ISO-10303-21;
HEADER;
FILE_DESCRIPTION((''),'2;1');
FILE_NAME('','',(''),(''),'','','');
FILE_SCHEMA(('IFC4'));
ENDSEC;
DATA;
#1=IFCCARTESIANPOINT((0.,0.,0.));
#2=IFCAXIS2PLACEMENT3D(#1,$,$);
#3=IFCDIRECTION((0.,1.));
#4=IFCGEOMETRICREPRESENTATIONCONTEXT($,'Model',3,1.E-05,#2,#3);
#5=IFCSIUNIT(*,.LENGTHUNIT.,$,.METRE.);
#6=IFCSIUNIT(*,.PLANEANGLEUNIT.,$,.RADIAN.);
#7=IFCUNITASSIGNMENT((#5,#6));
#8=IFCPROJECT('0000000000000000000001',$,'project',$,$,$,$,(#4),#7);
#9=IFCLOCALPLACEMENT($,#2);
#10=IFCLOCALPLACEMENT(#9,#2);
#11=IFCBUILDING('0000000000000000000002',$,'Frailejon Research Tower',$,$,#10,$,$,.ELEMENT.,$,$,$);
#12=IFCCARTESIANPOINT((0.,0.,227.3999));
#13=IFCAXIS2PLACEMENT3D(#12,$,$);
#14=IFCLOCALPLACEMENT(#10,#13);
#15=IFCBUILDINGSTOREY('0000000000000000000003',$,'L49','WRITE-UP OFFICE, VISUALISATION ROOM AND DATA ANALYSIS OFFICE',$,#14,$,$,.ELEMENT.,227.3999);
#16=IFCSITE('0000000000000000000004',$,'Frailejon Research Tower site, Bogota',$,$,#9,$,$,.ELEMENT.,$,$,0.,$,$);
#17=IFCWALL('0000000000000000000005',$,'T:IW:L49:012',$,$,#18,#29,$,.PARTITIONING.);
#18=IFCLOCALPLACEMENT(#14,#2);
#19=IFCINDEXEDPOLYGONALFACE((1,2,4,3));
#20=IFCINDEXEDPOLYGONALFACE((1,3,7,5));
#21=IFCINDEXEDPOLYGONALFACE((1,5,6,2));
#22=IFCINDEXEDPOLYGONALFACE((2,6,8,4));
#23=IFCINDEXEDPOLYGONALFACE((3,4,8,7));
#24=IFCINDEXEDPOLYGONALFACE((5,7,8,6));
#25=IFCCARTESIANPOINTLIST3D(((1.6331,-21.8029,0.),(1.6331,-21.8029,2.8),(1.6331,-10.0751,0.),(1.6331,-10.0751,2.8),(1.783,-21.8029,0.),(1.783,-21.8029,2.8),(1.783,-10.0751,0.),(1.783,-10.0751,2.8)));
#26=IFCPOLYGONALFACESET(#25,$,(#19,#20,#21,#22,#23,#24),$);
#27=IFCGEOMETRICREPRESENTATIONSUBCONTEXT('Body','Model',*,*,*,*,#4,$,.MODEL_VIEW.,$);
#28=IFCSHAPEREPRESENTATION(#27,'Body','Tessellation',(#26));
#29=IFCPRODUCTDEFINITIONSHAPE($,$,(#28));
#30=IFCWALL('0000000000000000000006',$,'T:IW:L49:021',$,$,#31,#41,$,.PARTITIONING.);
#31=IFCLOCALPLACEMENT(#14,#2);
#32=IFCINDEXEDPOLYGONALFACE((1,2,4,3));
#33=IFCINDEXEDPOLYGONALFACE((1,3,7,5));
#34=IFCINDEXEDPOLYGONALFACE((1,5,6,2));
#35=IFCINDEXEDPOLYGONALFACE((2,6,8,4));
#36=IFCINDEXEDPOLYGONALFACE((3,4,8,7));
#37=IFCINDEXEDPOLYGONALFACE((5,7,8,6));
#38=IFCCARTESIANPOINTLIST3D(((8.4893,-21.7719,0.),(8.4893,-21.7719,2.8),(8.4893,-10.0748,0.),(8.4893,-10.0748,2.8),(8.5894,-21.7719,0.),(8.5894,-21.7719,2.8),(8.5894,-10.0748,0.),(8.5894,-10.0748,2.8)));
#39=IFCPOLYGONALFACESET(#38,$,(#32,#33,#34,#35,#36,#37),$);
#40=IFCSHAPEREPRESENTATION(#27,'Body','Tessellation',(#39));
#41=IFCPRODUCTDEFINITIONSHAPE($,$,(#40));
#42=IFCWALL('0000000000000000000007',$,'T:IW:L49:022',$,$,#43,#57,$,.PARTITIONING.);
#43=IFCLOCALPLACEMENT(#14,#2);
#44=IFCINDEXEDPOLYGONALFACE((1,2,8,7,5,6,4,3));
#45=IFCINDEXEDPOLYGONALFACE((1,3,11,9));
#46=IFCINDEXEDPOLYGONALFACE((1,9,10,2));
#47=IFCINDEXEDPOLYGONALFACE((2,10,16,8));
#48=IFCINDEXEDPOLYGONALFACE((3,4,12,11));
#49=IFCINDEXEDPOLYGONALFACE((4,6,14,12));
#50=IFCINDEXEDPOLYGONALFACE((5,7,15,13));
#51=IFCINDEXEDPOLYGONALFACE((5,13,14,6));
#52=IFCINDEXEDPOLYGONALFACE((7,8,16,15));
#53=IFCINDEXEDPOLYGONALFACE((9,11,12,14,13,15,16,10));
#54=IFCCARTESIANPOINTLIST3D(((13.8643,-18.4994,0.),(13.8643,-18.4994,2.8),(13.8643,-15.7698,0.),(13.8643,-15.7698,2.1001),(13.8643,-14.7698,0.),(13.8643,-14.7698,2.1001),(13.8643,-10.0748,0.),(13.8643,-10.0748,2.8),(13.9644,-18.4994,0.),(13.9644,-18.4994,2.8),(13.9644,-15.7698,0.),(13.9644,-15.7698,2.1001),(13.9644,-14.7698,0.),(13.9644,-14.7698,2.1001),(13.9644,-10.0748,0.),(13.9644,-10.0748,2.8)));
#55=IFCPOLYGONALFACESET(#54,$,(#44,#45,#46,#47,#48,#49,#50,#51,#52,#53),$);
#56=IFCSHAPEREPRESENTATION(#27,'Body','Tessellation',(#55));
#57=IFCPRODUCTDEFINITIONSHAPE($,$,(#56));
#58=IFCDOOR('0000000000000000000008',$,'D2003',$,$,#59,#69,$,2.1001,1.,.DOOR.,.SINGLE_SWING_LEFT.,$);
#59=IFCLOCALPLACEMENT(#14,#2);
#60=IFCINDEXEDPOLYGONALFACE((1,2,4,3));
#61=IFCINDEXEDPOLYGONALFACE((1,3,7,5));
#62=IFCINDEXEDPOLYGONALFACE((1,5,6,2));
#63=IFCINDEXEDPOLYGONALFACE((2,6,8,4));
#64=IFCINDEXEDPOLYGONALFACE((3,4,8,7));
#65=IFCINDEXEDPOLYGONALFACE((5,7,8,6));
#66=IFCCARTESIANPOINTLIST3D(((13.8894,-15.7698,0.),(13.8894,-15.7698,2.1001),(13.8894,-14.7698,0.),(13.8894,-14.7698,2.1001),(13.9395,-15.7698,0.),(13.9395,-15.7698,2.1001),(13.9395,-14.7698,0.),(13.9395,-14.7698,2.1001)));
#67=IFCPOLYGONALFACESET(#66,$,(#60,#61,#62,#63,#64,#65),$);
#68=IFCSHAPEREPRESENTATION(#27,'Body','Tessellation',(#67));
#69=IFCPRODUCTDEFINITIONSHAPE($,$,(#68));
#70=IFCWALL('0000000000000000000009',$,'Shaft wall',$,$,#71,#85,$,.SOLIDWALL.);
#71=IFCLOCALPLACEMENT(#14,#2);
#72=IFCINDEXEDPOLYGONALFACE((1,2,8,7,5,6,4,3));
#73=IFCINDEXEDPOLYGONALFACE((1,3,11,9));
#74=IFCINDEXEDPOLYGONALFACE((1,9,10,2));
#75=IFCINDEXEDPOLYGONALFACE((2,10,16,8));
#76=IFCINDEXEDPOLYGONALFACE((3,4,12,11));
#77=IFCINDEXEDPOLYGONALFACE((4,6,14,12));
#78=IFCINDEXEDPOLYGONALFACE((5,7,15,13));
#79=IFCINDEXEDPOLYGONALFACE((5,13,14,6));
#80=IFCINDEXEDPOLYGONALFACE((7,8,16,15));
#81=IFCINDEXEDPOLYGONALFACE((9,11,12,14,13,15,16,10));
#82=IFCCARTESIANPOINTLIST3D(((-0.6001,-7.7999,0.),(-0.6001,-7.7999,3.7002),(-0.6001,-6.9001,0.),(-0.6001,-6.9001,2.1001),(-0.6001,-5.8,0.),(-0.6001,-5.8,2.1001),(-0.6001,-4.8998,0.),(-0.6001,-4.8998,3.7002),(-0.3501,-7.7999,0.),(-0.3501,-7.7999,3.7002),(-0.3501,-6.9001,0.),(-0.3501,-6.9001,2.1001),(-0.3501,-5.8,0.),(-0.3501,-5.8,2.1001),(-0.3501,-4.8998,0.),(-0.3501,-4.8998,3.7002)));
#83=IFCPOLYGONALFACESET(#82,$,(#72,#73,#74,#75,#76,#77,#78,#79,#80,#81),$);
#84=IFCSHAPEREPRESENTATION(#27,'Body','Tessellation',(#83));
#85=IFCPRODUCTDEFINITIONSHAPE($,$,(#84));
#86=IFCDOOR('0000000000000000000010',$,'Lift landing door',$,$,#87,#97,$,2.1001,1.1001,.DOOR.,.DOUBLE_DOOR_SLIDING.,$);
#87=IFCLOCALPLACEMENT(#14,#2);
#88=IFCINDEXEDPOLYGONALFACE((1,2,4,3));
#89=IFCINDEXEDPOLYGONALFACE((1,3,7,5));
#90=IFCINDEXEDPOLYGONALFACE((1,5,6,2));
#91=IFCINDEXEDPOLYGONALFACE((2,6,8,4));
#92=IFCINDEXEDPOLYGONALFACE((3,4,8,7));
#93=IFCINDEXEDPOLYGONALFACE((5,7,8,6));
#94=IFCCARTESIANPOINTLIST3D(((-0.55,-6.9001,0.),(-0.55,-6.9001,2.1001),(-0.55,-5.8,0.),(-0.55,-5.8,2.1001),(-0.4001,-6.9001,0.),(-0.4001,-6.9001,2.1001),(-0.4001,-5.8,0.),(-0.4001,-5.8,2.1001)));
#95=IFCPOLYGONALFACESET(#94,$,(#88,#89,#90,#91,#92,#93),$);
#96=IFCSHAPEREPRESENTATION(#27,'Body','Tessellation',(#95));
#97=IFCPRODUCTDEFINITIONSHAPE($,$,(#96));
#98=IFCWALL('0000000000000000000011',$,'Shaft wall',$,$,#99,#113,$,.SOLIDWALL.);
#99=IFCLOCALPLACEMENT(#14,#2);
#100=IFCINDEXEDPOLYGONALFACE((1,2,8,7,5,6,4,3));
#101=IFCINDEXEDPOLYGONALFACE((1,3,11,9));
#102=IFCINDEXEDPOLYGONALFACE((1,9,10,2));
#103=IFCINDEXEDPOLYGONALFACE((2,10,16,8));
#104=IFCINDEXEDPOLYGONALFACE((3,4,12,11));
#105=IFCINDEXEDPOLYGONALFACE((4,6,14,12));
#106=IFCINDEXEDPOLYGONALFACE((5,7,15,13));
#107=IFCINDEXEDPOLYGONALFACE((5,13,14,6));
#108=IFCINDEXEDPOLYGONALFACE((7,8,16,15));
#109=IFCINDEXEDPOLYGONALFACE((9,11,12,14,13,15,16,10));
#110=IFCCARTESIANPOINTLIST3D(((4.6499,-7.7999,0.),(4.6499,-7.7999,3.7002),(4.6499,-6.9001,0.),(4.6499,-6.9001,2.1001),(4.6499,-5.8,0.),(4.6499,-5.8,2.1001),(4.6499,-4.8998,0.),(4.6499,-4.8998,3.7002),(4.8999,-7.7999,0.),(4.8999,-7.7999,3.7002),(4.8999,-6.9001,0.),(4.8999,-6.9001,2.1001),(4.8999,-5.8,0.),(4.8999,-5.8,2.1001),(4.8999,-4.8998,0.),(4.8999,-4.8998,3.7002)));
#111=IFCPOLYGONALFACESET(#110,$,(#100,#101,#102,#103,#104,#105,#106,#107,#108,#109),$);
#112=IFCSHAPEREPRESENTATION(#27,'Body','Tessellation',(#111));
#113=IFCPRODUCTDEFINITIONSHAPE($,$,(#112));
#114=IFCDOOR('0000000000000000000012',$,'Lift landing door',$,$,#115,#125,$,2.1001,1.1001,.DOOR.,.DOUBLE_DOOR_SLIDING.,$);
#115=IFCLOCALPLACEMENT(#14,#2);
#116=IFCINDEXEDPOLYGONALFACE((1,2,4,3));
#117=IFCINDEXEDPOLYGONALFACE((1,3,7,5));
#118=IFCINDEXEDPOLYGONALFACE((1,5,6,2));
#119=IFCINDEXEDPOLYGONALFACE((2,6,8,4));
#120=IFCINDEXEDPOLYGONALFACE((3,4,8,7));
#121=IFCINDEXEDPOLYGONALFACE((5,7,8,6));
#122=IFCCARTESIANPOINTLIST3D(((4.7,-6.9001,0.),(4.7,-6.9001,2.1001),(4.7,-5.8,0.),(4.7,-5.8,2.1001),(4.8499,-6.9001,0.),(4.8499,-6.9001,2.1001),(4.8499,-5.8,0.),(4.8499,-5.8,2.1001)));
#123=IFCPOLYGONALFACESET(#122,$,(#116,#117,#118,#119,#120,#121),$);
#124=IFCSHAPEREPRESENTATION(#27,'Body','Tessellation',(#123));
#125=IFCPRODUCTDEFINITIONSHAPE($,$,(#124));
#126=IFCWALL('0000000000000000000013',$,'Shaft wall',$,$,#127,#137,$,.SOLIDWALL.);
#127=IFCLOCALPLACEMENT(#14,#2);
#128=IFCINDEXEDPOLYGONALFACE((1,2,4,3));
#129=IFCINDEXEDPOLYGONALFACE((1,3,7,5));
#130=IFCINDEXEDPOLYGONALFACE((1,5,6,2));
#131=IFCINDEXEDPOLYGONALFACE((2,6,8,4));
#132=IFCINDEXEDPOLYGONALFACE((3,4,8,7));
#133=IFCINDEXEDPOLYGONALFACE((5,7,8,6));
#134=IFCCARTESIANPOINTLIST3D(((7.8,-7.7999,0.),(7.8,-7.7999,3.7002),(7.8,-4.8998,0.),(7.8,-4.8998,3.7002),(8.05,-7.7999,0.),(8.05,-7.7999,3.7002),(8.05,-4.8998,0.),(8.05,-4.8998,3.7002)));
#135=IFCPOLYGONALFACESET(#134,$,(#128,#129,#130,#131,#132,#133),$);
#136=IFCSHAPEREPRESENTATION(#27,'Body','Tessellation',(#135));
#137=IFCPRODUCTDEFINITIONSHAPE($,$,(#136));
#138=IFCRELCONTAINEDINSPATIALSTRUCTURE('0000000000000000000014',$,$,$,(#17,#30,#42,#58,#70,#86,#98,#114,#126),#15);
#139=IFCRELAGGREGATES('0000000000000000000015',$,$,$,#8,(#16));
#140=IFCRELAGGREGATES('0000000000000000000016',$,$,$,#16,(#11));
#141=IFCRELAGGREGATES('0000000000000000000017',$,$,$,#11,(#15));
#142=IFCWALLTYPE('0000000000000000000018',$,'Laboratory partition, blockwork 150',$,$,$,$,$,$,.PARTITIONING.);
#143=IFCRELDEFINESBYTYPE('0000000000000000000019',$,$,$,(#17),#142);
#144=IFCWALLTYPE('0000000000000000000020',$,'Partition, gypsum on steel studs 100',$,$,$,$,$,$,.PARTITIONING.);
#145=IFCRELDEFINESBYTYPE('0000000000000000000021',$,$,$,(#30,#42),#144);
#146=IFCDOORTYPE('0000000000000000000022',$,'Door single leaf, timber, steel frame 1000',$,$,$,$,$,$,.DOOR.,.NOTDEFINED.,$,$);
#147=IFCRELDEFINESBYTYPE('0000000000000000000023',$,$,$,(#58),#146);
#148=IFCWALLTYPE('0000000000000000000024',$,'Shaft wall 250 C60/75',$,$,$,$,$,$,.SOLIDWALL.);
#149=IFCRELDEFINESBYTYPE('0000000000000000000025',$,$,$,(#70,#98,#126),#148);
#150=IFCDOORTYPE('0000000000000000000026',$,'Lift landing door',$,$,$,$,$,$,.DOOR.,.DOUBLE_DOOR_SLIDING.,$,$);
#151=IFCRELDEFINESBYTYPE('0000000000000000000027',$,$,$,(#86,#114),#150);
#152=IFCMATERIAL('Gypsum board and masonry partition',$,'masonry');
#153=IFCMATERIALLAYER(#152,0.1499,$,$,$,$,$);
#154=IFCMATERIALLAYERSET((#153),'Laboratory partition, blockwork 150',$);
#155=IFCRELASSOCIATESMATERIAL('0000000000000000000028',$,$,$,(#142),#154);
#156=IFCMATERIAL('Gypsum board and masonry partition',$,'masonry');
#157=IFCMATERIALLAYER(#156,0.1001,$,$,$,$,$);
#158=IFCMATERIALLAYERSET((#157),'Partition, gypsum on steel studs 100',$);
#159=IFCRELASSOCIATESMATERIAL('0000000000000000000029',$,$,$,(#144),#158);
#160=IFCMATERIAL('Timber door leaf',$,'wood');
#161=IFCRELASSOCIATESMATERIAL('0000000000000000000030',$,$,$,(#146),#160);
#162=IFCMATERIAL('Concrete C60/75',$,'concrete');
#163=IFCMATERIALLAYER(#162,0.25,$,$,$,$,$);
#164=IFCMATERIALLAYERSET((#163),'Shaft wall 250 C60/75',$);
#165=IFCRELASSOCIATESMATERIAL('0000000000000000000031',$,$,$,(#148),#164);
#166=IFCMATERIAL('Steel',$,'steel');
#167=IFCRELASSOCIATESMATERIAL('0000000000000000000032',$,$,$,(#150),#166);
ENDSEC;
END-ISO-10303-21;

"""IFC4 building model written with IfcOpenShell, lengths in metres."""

from ifc_helpers import new_model, si_unit, direction, frame, frame_2d, origin, place, context, subcontext, project, spatial, rectangle, extrude, material, layer, layer_set, type_object, element, fill, save


model = new_model("IFC4")

# Units and contexts
model_context = context("Model", 3, precision=1e-05, world=origin(), true_north=direction((0.0, 1.0)))
body_context = subcontext(model_context, "Body", "Model", "MODEL_VIEW")
ifc_project = project(units=[si_unit("LENGTHUNIT", "METRE"), si_unit("PLANEANGLEUNIT", "RADIAN")], contexts=[model_context])

# Site, building, storey
site_placement = place(None, origin())
site = spatial("IfcSite", under=ifc_project, at=site_placement, Name="Frailejon Research Tower site, Bogota", CompositionType="ELEMENT", RefElevation=0.0)
building_placement = place(site_placement, origin())
building = spatial("IfcBuilding", under=site, at=building_placement, Name="Frailejon Research Tower", CompositionType="ELEMENT")
storey_placement = place(building_placement, frame((0.0, 0.0, 227.3999)))
storey = spatial("IfcBuildingStorey", under=building, at=storey_placement, Name="L49", Description="WRITE-UP OFFICE, VISUALISATION ROOM AND DATA ANALYSIS OFFICE", CompositionType="ELEMENT", Elevation=227.3999)

# Walls
ifc_material_1 = material(Name="Gypsum board and masonry partition", Category="masonry")
ifc_layer_1 = layer(ifc_material_1, 0.1499)
ifc_layer_set_1 = layer_set([ifc_layer_1], Name="Laboratory partition, blockwork 150")
wall_type_1 = type_object("IfcWallType", Name="Laboratory partition, blockwork 150", PredefinedType="PARTITIONING", material=ifc_layer_set_1)
wall_1_placement = place(storey_placement, frame((1.708, -21.8027, 0.0), z_axis=(0.0, 0.0, 1.0), x_axis=(0.0, 1.0, 0.0)))
element("IfcWall", 1, at=wall_1_placement, inside=storey, type_object=wall_type_1, Name="T:IW:L49:012", PredefinedType="PARTITIONING", context=body_context, shape_type="SweptSolid", body=[
    extrude(rectangle(XDim=11.7278, YDim=0.1499, at=frame_2d((5.8638, 0.0))), origin(), (0.0, 0.0, 1.0), 2.8),
])
ifc_material_2 = material(Name="Gypsum board and masonry partition", Category="masonry")
ifc_layer_2 = layer(ifc_material_2, 0.1001)
ifc_layer_set_2 = layer_set([ifc_layer_2], Name="Partition, gypsum on steel studs 100")
wall_type_2 = type_object("IfcWallType", Name="Partition, gypsum on steel studs 100", PredefinedType="PARTITIONING", material=ifc_layer_set_2)
wall_2_placement = place(storey_placement, frame((8.5393, -21.772, 0.0), z_axis=(0.0, 0.0, 1.0), x_axis=(0.0, 1.0, 0.0)))
element("IfcWall", 2, at=wall_2_placement, inside=storey, type_object=wall_type_2, Name="T:IW:L49:021", PredefinedType="PARTITIONING", context=body_context, shape_type="SweptSolid", body=[
    extrude(rectangle(XDim=11.697, YDim=0.1001, at=frame_2d((5.8486, 0.0))), origin(), (0.0, 0.0, 1.0), 2.8),
])

# Walls, openings, doors
wall_3_placement = place(storey_placement, frame((13.9143, -18.4995, 0.0), z_axis=(0.0, 0.0, 1.0), x_axis=(0.0, 1.0, 0.0)))
wall_3 = element("IfcWall", 3, at=wall_3_placement, inside=storey, type_object=wall_type_2, Name="T:IW:L49:022", PredefinedType="PARTITIONING", context=body_context, shape_type="SweptSolid", body=[
    extrude(rectangle(XDim=8.4246, YDim=0.1001, at=frame_2d((4.2124, 0.0))), origin(), (0.0, 0.0, 1.0), 2.8),
])
opening_1_placement = place(wall_3_placement, frame((2.7297, 0.0, 0.0)))
opening_1 = element("IfcOpeningElement", 4, at=opening_1_placement, cuts=wall_3, PredefinedType="OPENING", context=body_context, shape_type="SweptSolid", body=[
    extrude(rectangle(XDim=1.0, YDim=2.1001, at=frame_2d((0.5, 1.05))), frame((0.0, 0.0601, 0.0), z_axis=(0.0, -1.0, 0.0), x_axis=(1.0, 0.0, 0.0)), (0.0, 0.0, 1.0), 0.1201),
])
ifc_material_3 = material(Name="Timber door leaf", Category="wood")
door_type_1 = type_object("IfcDoorType", Name="Door single leaf, timber, steel frame 1000", OperationType="NOTDEFINED", PredefinedType="DOOR", material=ifc_material_3)
door_1_placement = place(opening_1_placement, origin())
door_1 = element("IfcDoor", 5, at=door_1_placement, inside=storey, type_object=door_type_1, Name="D2003", OperationType="SINGLE_SWING_LEFT", OverallHeight=2.1001, OverallWidth=1.0, PredefinedType="DOOR", context=body_context, shape_type="SweptSolid", body=[
    extrude(rectangle(XDim=1.0, YDim=2.1001, at=frame_2d((0.5, 1.05))), frame((0.0, 0.0249, 0.0), z_axis=(0.0, -1.0, 0.0), x_axis=(1.0, 0.0, 0.0)), (0.0, 0.0, 1.0), 0.05),
])
fill(opening_1, door_1)
ifc_material_4 = material(Name="Concrete C60/75", Category="concrete")
ifc_layer_3 = layer(ifc_material_4, 0.25)
ifc_layer_set_3 = layer_set([ifc_layer_3], Name="Shaft wall 250 C60/75")
wall_type_3 = type_object("IfcWallType", Name="Shaft wall 250 C60/75", PredefinedType="SOLIDWALL", material=ifc_layer_set_3)
wall_4_placement = place(storey_placement, frame((-0.4751, -7.8, 0.0), z_axis=(0.0, 0.0, 1.0), x_axis=(0.0, 1.0, 0.0)))
wall_4 = element("IfcWall", 6, at=wall_4_placement, inside=storey, type_object=wall_type_3, Name="Shaft wall", PredefinedType="SOLIDWALL", context=body_context, shape_type="SweptSolid", body=[
    extrude(rectangle(XDim=2.9001, YDim=0.25, at=frame_2d((1.4502, 0.0))), origin(), (0.0, 0.0, 1.0), 3.7002),
])
opening_2_placement = place(wall_4_placement, frame((0.8999, 0.0, 0.0)))
opening_2 = element("IfcOpeningElement", 7, at=opening_2_placement, cuts=wall_4, PredefinedType="OPENING", context=body_context, shape_type="SweptSolid", body=[
    extrude(rectangle(XDim=1.1001, YDim=2.1001, at=frame_2d((0.55, 1.05))), frame((0.0, 0.135, 0.0), z_axis=(0.0, -1.0, 0.0), x_axis=(1.0, 0.0, 0.0)), (0.0, 0.0, 1.0), 0.27),
])
ifc_material_5 = material(Name="Steel", Category="steel")
door_type_2 = type_object("IfcDoorType", Name="Lift landing door", OperationType="DOUBLE_DOOR_SLIDING", PredefinedType="DOOR", material=ifc_material_5)
door_2_placement = place(opening_2_placement, origin())
door_2 = element("IfcDoor", 8, at=door_2_placement, inside=storey, type_object=door_type_2, Name="Lift landing door", OperationType="DOUBLE_DOOR_SLIDING", OverallHeight=2.1001, OverallWidth=1.1001, PredefinedType="DOOR", context=body_context, shape_type="SweptSolid", body=[
    extrude(rectangle(XDim=1.1001, YDim=2.1001, at=frame_2d((0.55, 1.05))), frame((0.0, 0.075, 0.0), z_axis=(0.0, -1.0, 0.0), x_axis=(1.0, 0.0, 0.0)), (0.0, 0.0, 1.0), 0.1499),
])
fill(opening_2, door_2)
wall_5_placement = place(storey_placement, frame((4.7749, -7.8, 0.0), z_axis=(0.0, 0.0, 1.0), x_axis=(0.0, 1.0, 0.0)))
wall_5 = element("IfcWall", 9, at=wall_5_placement, inside=storey, type_object=wall_type_3, Name="Shaft wall", PredefinedType="SOLIDWALL", context=body_context, shape_type="SweptSolid", body=[
    extrude(rectangle(XDim=2.9001, YDim=0.25, at=frame_2d((1.4502, 0.0))), origin(), (0.0, 0.0, 1.0), 3.7002),
])
opening_3_placement = place(wall_5_placement, frame((0.8999, 0.0, 0.0)))
opening_3 = element("IfcOpeningElement", 10, at=opening_3_placement, cuts=wall_5, PredefinedType="OPENING", context=body_context, shape_type="SweptSolid", body=[
    extrude(rectangle(XDim=1.1001, YDim=2.1001, at=frame_2d((0.55, 1.05))), frame((0.0, 0.135, 0.0), z_axis=(0.0, -1.0, 0.0), x_axis=(1.0, 0.0, 0.0)), (0.0, 0.0, 1.0), 0.27),
])
door_3_placement = place(opening_3_placement, origin())
door_3 = element("IfcDoor", 11, at=door_3_placement, inside=storey, type_object=door_type_2, Name="Lift landing door", OperationType="DOUBLE_DOOR_SLIDING", OverallHeight=2.1001, OverallWidth=1.1001, PredefinedType="DOOR", context=body_context, shape_type="SweptSolid", body=[
    extrude(rectangle(XDim=1.1001, YDim=2.1001, at=frame_2d((0.55, 1.05))), frame((0.0, 0.075, 0.0), z_axis=(0.0, -1.0, 0.0), x_axis=(1.0, 0.0, 0.0)), (0.0, 0.0, 1.0), 0.1499),
])
fill(opening_3, door_3)

# Wall
wall_6_placement = place(storey_placement, frame((7.925, -7.8, 0.0), z_axis=(0.0, 0.0, 1.0), x_axis=(0.0, 1.0, 0.0)))
element("IfcWall", 12, at=wall_6_placement, inside=storey, type_object=wall_type_3, Name="Shaft wall", PredefinedType="SOLIDWALL", context=body_context, shape_type="SweptSolid", body=[
    extrude(rectangle(XDim=2.9001, YDim=0.25, at=frame_2d((1.4502, 0.0))), origin(), (0.0, 0.0, 1.0), 3.7002),
])

save(model, "model.ifc")
